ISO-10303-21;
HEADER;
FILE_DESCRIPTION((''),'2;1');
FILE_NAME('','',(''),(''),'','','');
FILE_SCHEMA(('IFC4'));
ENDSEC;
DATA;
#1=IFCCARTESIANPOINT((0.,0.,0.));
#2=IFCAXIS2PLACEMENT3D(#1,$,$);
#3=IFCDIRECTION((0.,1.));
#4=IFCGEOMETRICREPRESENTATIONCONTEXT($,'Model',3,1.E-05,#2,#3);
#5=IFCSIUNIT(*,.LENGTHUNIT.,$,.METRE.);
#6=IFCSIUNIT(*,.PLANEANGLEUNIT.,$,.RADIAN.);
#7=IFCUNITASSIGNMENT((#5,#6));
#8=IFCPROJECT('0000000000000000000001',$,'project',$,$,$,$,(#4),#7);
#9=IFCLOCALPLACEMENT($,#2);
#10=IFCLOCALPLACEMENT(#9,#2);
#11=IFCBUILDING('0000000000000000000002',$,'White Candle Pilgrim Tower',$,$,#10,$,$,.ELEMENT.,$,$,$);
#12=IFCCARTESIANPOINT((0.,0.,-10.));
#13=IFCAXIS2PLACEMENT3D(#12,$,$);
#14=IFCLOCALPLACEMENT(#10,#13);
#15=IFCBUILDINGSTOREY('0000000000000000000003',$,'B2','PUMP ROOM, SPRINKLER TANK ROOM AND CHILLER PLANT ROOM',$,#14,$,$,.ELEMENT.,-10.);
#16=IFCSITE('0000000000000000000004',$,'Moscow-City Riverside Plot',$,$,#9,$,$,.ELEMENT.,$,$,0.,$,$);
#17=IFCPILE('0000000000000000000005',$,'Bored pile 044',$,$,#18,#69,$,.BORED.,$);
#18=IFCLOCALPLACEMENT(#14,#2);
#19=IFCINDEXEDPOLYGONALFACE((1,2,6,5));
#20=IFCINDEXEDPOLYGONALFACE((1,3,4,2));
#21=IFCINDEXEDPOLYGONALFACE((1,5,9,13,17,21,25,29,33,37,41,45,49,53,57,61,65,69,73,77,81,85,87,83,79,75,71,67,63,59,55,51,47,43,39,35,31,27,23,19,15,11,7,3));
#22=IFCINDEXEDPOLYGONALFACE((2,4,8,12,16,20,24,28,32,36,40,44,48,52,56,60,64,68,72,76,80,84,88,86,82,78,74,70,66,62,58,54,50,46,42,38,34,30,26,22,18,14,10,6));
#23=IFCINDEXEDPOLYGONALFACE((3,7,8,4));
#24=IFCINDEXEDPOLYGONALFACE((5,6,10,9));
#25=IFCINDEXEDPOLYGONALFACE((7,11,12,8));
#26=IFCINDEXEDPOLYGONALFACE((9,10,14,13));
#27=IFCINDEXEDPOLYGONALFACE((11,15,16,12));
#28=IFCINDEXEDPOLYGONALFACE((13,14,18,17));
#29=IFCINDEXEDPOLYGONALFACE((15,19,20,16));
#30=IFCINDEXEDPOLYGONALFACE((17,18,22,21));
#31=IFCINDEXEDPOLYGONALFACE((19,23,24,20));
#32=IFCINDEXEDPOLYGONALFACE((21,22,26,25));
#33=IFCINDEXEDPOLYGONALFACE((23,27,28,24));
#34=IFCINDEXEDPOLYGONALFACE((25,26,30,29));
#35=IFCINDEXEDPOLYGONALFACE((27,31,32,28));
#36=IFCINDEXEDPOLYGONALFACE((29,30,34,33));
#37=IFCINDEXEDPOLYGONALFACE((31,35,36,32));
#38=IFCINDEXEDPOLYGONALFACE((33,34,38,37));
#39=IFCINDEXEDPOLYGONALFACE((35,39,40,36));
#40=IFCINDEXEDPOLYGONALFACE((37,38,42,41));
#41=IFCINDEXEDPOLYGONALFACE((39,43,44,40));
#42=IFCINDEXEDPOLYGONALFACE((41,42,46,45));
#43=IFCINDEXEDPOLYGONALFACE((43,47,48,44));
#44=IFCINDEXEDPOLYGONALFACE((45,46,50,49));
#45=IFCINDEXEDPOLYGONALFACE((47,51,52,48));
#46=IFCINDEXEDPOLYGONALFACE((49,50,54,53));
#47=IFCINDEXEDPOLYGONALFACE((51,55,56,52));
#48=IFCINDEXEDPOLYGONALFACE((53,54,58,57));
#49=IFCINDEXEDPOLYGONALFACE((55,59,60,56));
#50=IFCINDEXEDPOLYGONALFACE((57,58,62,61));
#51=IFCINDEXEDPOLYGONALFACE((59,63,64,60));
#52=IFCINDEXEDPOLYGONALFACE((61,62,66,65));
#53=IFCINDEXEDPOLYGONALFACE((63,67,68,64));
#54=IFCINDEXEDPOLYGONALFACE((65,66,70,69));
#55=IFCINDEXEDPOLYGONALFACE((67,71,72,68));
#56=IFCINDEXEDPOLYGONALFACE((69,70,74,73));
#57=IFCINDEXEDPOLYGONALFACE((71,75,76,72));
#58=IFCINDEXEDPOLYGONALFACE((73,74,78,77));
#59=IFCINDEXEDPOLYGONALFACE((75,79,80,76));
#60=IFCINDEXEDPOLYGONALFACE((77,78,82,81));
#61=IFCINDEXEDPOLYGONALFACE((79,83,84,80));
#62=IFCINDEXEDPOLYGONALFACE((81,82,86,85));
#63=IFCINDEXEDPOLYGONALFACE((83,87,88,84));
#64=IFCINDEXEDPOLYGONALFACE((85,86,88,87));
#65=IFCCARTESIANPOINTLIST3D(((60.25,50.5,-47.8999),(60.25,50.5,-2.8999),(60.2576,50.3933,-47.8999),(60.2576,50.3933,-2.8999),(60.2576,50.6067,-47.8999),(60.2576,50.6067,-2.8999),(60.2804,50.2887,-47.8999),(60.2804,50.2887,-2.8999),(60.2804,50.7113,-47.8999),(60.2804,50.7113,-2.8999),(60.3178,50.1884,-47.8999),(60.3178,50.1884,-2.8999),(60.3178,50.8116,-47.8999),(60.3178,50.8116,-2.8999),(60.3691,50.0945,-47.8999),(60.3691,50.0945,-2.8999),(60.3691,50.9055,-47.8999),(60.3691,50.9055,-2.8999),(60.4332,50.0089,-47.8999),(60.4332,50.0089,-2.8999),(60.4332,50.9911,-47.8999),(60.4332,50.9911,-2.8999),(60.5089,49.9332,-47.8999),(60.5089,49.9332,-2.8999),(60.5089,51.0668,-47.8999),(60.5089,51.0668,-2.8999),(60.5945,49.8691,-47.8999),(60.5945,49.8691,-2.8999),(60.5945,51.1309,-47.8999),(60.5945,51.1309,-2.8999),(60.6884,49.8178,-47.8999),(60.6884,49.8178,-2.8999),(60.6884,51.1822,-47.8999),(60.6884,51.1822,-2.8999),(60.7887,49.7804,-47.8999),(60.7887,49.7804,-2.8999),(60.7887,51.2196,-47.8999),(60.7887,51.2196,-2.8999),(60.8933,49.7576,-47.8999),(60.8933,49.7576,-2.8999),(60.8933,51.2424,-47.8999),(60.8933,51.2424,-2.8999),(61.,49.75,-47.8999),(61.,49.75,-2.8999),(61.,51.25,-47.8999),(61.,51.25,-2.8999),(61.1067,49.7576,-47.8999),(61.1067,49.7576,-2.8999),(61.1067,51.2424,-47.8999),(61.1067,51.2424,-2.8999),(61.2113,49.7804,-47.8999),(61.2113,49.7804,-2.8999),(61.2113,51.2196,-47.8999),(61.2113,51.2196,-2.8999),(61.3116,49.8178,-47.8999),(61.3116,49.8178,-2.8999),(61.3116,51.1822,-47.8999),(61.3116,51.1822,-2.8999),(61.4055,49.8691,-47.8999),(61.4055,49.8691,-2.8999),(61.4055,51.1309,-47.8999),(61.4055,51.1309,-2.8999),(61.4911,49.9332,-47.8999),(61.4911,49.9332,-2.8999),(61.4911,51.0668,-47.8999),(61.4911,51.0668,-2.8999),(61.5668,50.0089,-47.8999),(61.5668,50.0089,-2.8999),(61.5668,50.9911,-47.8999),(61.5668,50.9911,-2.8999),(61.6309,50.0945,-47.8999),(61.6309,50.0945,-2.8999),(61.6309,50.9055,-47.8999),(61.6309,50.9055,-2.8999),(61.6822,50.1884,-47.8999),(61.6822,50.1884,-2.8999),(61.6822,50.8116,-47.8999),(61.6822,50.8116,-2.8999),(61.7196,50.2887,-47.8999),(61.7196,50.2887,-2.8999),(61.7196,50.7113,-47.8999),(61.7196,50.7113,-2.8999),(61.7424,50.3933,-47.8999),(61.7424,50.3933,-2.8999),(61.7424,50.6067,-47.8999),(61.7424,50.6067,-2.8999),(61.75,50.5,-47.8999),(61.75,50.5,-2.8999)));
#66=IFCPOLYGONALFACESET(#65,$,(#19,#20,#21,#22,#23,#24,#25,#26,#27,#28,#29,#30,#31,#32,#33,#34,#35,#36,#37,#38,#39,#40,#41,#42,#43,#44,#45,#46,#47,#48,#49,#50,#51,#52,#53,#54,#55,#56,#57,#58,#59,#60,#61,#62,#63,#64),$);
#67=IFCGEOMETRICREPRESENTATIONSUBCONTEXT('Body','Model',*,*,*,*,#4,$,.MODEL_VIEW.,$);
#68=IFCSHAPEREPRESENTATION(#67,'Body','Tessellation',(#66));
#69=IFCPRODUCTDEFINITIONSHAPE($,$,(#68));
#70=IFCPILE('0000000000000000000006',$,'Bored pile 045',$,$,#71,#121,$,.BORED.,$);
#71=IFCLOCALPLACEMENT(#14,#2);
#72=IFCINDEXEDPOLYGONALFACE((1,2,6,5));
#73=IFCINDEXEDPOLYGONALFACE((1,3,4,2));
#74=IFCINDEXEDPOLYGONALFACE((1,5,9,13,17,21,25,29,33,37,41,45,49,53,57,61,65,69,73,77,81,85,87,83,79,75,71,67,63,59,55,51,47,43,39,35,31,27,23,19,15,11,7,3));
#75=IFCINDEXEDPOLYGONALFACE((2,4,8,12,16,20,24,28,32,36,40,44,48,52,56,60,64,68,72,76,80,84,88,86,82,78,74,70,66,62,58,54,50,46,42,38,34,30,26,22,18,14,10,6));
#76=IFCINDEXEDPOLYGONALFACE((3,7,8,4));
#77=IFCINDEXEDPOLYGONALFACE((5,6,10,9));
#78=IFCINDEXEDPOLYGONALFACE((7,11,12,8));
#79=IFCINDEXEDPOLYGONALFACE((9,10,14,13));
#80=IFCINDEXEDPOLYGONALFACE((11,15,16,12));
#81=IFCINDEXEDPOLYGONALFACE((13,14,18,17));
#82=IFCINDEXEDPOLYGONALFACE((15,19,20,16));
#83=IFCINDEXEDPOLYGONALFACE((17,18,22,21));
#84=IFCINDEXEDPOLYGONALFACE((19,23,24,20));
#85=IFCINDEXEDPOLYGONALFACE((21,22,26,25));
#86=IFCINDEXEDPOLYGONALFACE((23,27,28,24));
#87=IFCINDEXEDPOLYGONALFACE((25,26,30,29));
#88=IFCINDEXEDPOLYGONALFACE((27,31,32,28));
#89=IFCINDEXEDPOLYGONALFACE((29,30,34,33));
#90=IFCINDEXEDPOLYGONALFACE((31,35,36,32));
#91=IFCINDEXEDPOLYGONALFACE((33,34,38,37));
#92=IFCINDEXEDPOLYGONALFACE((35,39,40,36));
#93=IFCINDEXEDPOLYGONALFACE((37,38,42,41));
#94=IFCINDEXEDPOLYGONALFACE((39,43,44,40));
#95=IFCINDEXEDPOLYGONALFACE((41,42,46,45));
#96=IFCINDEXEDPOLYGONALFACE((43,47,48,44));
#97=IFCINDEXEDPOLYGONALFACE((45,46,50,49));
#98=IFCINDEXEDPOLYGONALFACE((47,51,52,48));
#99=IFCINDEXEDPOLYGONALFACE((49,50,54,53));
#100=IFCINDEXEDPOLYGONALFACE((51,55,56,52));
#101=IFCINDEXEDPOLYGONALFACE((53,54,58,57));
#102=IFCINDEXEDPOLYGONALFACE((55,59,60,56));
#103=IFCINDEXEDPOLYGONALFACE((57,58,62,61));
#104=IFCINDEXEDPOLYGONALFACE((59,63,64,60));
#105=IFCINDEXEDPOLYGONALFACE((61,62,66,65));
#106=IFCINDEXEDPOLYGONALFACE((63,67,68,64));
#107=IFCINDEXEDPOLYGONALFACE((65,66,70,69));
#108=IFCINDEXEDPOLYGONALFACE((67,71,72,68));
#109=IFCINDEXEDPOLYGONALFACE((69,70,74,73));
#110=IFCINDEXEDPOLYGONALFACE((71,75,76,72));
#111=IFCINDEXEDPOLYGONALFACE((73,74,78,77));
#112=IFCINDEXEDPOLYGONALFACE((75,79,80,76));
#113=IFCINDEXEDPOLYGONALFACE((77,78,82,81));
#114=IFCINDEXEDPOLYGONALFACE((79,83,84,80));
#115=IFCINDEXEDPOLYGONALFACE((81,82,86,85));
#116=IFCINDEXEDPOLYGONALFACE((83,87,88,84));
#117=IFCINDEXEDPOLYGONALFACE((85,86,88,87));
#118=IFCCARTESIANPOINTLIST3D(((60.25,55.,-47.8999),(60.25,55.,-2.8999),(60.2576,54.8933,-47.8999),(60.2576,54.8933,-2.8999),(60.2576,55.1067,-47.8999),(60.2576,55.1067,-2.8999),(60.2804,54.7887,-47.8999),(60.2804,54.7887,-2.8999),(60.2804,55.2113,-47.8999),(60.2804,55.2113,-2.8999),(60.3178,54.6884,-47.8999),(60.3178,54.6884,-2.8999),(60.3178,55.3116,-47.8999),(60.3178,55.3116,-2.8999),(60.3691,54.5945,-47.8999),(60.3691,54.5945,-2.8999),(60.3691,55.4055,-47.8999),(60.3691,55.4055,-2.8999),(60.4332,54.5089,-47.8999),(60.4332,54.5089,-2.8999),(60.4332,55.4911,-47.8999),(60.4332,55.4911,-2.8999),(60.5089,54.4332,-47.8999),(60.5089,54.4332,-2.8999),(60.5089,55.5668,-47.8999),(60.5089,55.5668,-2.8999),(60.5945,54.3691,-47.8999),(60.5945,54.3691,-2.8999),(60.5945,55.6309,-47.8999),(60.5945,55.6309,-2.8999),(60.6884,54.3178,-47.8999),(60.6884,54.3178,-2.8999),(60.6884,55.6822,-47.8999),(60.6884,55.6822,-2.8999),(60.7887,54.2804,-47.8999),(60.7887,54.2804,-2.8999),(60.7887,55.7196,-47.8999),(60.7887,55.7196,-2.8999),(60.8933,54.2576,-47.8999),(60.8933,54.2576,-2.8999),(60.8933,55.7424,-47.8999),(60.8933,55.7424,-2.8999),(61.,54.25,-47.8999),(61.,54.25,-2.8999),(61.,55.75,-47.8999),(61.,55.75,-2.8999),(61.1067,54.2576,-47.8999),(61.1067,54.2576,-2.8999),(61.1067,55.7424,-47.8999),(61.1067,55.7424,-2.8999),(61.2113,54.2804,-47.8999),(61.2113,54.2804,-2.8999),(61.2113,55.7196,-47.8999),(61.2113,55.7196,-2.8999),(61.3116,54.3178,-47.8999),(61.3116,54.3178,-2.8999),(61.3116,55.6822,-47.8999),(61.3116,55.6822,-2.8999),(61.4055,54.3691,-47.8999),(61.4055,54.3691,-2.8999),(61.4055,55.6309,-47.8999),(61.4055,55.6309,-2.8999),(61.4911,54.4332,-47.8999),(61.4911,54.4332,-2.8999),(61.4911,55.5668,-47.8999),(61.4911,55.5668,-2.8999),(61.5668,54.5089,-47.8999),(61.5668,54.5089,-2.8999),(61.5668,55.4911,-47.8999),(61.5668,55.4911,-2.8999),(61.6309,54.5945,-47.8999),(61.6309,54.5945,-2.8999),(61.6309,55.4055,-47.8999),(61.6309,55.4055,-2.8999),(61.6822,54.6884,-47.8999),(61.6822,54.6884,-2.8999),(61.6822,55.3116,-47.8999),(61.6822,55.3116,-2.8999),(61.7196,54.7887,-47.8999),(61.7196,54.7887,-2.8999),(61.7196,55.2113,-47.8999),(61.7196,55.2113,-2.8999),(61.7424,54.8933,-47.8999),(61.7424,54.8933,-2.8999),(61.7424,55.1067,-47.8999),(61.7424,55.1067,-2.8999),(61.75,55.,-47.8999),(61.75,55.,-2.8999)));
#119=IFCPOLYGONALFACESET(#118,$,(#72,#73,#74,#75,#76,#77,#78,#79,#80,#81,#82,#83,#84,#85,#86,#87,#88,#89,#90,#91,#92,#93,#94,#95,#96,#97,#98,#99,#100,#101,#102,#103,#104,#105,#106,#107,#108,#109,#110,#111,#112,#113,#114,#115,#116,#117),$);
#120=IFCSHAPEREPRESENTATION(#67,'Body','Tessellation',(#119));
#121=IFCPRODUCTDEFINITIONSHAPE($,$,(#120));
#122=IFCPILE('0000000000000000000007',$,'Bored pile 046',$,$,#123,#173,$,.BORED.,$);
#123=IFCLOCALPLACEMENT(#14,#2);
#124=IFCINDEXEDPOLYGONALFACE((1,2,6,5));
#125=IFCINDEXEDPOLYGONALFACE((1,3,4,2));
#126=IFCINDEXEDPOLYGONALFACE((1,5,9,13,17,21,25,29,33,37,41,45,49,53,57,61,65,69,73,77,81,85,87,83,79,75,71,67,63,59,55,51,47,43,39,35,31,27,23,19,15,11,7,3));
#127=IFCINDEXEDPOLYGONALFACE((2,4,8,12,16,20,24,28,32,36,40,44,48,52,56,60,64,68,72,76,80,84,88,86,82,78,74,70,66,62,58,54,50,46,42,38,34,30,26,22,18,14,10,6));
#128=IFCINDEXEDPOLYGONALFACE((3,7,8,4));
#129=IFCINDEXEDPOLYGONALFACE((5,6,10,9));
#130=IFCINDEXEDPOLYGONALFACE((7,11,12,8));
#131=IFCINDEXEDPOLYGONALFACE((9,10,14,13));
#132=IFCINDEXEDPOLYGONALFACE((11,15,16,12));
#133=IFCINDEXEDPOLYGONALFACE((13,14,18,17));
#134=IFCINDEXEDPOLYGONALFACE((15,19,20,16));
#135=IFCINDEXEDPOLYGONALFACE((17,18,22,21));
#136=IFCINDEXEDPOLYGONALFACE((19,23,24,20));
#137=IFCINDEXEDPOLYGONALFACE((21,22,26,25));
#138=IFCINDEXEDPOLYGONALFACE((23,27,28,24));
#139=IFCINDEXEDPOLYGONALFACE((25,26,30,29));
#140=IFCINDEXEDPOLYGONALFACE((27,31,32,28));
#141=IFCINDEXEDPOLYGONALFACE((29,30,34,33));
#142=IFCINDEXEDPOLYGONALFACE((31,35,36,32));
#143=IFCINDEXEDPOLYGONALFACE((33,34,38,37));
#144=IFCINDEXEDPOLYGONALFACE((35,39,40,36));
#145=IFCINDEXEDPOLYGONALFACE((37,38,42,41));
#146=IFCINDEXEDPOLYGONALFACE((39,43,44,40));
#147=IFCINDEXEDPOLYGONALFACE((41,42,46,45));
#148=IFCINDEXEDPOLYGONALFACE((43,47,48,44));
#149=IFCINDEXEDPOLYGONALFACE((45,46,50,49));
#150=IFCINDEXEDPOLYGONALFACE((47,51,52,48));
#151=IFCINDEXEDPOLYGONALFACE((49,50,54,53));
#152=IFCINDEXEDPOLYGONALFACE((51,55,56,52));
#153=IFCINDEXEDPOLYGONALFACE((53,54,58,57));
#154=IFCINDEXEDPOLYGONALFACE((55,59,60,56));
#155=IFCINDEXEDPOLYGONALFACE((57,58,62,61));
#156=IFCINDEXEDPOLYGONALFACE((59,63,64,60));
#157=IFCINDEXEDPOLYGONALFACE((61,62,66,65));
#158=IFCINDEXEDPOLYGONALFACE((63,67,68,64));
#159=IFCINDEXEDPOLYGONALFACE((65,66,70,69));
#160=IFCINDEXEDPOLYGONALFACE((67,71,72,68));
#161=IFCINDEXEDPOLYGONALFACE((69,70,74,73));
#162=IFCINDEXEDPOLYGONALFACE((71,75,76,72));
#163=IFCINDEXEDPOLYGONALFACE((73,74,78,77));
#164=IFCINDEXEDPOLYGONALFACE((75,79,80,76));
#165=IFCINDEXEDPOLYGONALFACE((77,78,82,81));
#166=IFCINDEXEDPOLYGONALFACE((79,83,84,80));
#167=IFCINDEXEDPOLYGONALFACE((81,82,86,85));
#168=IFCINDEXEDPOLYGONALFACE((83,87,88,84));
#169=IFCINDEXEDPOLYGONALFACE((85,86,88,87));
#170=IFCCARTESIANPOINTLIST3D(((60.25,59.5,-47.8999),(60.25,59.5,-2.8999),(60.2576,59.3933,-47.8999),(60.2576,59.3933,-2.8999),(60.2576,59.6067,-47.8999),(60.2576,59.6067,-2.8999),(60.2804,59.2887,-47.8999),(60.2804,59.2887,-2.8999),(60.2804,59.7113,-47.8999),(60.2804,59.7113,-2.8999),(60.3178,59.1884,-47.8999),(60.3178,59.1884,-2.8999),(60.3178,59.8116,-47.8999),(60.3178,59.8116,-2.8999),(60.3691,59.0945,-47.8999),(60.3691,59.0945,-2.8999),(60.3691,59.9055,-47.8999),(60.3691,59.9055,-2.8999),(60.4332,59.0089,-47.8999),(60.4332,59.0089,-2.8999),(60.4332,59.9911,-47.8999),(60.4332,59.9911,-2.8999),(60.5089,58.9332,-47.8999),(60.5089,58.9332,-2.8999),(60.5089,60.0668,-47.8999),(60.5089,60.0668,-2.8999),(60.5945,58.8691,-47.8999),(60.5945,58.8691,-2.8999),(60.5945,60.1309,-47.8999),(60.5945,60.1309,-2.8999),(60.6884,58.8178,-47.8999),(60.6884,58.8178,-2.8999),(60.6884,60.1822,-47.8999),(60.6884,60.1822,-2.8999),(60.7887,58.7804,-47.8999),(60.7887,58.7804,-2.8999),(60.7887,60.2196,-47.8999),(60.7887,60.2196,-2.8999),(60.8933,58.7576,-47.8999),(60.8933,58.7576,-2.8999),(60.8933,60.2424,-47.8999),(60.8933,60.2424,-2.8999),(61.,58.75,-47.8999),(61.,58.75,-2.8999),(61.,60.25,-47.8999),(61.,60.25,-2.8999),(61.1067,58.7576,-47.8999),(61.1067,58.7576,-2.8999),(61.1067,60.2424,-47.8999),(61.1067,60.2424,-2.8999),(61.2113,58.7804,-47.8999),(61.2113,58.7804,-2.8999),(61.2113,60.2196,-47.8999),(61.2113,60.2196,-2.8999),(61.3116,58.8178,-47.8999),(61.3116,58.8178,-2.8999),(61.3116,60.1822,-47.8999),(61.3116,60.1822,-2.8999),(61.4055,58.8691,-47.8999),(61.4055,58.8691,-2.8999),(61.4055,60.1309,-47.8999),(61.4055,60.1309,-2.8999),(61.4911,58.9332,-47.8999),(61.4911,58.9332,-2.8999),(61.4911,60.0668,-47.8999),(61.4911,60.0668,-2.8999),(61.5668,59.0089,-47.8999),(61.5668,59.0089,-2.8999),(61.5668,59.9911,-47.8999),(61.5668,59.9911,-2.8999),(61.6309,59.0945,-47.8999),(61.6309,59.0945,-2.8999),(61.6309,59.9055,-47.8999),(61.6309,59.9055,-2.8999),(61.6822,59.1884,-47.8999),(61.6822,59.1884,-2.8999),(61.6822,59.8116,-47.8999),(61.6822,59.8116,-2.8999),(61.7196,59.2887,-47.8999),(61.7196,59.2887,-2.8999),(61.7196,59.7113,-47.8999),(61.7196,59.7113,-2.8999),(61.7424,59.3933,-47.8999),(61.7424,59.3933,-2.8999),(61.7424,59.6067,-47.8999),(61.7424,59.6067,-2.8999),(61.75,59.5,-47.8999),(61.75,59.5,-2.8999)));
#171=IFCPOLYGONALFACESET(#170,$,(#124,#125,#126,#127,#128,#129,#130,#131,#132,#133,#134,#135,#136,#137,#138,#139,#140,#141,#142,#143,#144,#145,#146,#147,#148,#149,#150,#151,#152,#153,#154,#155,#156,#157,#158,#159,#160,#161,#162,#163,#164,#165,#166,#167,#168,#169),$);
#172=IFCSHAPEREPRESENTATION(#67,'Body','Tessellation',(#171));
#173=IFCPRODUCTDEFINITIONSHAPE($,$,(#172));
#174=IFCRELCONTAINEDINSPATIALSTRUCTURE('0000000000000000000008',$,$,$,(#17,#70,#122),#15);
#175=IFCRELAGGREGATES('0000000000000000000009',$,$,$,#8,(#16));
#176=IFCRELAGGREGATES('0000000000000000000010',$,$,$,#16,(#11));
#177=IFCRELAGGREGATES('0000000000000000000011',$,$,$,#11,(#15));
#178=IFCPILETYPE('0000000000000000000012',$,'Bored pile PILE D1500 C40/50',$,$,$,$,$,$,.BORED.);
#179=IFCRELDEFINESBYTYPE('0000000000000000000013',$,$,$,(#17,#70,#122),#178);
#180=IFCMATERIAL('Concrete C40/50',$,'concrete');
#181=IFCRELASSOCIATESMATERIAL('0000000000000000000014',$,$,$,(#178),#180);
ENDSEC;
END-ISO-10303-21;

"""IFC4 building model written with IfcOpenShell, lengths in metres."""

from ifc_helpers import new_model, si_unit, direction, frame, origin, origin_2d, place, context, subcontext, project, spatial, circle, extrude, material, material_profile, profile_set, type_object, element, save


model = new_model("IFC4")

# Units and contexts
model_context = context("Model", 3, precision=1e-05, world=origin(), true_north=direction((0.0, 1.0)))
body_context = subcontext(model_context, "Body", "Model", "MODEL_VIEW")
ifc_project = project(units=[si_unit("LENGTHUNIT", "METRE"), si_unit("PLANEANGLEUNIT", "RADIAN")], contexts=[model_context])

# Site, building, storey
site_placement = place(None, origin())
site = spatial("IfcSite", under=ifc_project, at=site_placement, Name="Moscow-City Riverside Plot", CompositionType="ELEMENT", RefElevation=0.0)
building_placement = place(site_placement, origin())
building = spatial("IfcBuilding", under=site, at=building_placement, Name="White Candle Pilgrim Tower", CompositionType="ELEMENT")
storey_placement = place(building_placement, frame((0.0, 0.0, -10.0)))
storey = spatial("IfcBuildingStorey", under=building, at=storey_placement, Name="B2", Description="PUMP ROOM, SPRINKLER TANK ROOM AND CHILLER PLANT ROOM", CompositionType="ELEMENT", Elevation=-10.0)

# Piles
ifc_material_1 = material(Name="Concrete C40/50", Category="concrete")
ifc_material_profile_1 = material_profile(ifc_material_1, circle(Radius=0.75, at=origin_2d()), Name="PILE D1500")
ifc_profile_set_1 = profile_set([ifc_material_profile_1], Name="Concrete C40/50")
pile_type = type_object("IfcPileType", Name="Bored pile PILE D1500 C40/50", PredefinedType="BORED", material=ifc_profile_set_1)
for number, where, z_axis, x_axis, name in (
    (1, (61.0, 50.5, -2.8999), (0.0, 0.0, -1.0), (1.0, 0.0, 0.0), "Bored pile 044"),
    (2, (61.0, 55.0, -2.8999), (0.0, 0.0, -1.0), (1.0, 0.0, 0.0), "Bored pile 045"),
    (3, (61.0, 59.5, -2.8999), (0.0, 0.0, -1.0), (1.0, 0.0, 0.0), "Bored pile 046"),
):
    element("IfcPile", number, at=place(storey_placement, frame(where, z_axis=z_axis, x_axis=x_axis)), inside=storey, type_object=pile_type, Name=name, PredefinedType="BORED", context=body_context, shape_type="SweptSolid", body=[
        extrude(circle(Radius=0.75, at=origin_2d()), origin(), (0.0, 0.0, 1.0), 45.0),
    ])

save(model, "model.ifc")
